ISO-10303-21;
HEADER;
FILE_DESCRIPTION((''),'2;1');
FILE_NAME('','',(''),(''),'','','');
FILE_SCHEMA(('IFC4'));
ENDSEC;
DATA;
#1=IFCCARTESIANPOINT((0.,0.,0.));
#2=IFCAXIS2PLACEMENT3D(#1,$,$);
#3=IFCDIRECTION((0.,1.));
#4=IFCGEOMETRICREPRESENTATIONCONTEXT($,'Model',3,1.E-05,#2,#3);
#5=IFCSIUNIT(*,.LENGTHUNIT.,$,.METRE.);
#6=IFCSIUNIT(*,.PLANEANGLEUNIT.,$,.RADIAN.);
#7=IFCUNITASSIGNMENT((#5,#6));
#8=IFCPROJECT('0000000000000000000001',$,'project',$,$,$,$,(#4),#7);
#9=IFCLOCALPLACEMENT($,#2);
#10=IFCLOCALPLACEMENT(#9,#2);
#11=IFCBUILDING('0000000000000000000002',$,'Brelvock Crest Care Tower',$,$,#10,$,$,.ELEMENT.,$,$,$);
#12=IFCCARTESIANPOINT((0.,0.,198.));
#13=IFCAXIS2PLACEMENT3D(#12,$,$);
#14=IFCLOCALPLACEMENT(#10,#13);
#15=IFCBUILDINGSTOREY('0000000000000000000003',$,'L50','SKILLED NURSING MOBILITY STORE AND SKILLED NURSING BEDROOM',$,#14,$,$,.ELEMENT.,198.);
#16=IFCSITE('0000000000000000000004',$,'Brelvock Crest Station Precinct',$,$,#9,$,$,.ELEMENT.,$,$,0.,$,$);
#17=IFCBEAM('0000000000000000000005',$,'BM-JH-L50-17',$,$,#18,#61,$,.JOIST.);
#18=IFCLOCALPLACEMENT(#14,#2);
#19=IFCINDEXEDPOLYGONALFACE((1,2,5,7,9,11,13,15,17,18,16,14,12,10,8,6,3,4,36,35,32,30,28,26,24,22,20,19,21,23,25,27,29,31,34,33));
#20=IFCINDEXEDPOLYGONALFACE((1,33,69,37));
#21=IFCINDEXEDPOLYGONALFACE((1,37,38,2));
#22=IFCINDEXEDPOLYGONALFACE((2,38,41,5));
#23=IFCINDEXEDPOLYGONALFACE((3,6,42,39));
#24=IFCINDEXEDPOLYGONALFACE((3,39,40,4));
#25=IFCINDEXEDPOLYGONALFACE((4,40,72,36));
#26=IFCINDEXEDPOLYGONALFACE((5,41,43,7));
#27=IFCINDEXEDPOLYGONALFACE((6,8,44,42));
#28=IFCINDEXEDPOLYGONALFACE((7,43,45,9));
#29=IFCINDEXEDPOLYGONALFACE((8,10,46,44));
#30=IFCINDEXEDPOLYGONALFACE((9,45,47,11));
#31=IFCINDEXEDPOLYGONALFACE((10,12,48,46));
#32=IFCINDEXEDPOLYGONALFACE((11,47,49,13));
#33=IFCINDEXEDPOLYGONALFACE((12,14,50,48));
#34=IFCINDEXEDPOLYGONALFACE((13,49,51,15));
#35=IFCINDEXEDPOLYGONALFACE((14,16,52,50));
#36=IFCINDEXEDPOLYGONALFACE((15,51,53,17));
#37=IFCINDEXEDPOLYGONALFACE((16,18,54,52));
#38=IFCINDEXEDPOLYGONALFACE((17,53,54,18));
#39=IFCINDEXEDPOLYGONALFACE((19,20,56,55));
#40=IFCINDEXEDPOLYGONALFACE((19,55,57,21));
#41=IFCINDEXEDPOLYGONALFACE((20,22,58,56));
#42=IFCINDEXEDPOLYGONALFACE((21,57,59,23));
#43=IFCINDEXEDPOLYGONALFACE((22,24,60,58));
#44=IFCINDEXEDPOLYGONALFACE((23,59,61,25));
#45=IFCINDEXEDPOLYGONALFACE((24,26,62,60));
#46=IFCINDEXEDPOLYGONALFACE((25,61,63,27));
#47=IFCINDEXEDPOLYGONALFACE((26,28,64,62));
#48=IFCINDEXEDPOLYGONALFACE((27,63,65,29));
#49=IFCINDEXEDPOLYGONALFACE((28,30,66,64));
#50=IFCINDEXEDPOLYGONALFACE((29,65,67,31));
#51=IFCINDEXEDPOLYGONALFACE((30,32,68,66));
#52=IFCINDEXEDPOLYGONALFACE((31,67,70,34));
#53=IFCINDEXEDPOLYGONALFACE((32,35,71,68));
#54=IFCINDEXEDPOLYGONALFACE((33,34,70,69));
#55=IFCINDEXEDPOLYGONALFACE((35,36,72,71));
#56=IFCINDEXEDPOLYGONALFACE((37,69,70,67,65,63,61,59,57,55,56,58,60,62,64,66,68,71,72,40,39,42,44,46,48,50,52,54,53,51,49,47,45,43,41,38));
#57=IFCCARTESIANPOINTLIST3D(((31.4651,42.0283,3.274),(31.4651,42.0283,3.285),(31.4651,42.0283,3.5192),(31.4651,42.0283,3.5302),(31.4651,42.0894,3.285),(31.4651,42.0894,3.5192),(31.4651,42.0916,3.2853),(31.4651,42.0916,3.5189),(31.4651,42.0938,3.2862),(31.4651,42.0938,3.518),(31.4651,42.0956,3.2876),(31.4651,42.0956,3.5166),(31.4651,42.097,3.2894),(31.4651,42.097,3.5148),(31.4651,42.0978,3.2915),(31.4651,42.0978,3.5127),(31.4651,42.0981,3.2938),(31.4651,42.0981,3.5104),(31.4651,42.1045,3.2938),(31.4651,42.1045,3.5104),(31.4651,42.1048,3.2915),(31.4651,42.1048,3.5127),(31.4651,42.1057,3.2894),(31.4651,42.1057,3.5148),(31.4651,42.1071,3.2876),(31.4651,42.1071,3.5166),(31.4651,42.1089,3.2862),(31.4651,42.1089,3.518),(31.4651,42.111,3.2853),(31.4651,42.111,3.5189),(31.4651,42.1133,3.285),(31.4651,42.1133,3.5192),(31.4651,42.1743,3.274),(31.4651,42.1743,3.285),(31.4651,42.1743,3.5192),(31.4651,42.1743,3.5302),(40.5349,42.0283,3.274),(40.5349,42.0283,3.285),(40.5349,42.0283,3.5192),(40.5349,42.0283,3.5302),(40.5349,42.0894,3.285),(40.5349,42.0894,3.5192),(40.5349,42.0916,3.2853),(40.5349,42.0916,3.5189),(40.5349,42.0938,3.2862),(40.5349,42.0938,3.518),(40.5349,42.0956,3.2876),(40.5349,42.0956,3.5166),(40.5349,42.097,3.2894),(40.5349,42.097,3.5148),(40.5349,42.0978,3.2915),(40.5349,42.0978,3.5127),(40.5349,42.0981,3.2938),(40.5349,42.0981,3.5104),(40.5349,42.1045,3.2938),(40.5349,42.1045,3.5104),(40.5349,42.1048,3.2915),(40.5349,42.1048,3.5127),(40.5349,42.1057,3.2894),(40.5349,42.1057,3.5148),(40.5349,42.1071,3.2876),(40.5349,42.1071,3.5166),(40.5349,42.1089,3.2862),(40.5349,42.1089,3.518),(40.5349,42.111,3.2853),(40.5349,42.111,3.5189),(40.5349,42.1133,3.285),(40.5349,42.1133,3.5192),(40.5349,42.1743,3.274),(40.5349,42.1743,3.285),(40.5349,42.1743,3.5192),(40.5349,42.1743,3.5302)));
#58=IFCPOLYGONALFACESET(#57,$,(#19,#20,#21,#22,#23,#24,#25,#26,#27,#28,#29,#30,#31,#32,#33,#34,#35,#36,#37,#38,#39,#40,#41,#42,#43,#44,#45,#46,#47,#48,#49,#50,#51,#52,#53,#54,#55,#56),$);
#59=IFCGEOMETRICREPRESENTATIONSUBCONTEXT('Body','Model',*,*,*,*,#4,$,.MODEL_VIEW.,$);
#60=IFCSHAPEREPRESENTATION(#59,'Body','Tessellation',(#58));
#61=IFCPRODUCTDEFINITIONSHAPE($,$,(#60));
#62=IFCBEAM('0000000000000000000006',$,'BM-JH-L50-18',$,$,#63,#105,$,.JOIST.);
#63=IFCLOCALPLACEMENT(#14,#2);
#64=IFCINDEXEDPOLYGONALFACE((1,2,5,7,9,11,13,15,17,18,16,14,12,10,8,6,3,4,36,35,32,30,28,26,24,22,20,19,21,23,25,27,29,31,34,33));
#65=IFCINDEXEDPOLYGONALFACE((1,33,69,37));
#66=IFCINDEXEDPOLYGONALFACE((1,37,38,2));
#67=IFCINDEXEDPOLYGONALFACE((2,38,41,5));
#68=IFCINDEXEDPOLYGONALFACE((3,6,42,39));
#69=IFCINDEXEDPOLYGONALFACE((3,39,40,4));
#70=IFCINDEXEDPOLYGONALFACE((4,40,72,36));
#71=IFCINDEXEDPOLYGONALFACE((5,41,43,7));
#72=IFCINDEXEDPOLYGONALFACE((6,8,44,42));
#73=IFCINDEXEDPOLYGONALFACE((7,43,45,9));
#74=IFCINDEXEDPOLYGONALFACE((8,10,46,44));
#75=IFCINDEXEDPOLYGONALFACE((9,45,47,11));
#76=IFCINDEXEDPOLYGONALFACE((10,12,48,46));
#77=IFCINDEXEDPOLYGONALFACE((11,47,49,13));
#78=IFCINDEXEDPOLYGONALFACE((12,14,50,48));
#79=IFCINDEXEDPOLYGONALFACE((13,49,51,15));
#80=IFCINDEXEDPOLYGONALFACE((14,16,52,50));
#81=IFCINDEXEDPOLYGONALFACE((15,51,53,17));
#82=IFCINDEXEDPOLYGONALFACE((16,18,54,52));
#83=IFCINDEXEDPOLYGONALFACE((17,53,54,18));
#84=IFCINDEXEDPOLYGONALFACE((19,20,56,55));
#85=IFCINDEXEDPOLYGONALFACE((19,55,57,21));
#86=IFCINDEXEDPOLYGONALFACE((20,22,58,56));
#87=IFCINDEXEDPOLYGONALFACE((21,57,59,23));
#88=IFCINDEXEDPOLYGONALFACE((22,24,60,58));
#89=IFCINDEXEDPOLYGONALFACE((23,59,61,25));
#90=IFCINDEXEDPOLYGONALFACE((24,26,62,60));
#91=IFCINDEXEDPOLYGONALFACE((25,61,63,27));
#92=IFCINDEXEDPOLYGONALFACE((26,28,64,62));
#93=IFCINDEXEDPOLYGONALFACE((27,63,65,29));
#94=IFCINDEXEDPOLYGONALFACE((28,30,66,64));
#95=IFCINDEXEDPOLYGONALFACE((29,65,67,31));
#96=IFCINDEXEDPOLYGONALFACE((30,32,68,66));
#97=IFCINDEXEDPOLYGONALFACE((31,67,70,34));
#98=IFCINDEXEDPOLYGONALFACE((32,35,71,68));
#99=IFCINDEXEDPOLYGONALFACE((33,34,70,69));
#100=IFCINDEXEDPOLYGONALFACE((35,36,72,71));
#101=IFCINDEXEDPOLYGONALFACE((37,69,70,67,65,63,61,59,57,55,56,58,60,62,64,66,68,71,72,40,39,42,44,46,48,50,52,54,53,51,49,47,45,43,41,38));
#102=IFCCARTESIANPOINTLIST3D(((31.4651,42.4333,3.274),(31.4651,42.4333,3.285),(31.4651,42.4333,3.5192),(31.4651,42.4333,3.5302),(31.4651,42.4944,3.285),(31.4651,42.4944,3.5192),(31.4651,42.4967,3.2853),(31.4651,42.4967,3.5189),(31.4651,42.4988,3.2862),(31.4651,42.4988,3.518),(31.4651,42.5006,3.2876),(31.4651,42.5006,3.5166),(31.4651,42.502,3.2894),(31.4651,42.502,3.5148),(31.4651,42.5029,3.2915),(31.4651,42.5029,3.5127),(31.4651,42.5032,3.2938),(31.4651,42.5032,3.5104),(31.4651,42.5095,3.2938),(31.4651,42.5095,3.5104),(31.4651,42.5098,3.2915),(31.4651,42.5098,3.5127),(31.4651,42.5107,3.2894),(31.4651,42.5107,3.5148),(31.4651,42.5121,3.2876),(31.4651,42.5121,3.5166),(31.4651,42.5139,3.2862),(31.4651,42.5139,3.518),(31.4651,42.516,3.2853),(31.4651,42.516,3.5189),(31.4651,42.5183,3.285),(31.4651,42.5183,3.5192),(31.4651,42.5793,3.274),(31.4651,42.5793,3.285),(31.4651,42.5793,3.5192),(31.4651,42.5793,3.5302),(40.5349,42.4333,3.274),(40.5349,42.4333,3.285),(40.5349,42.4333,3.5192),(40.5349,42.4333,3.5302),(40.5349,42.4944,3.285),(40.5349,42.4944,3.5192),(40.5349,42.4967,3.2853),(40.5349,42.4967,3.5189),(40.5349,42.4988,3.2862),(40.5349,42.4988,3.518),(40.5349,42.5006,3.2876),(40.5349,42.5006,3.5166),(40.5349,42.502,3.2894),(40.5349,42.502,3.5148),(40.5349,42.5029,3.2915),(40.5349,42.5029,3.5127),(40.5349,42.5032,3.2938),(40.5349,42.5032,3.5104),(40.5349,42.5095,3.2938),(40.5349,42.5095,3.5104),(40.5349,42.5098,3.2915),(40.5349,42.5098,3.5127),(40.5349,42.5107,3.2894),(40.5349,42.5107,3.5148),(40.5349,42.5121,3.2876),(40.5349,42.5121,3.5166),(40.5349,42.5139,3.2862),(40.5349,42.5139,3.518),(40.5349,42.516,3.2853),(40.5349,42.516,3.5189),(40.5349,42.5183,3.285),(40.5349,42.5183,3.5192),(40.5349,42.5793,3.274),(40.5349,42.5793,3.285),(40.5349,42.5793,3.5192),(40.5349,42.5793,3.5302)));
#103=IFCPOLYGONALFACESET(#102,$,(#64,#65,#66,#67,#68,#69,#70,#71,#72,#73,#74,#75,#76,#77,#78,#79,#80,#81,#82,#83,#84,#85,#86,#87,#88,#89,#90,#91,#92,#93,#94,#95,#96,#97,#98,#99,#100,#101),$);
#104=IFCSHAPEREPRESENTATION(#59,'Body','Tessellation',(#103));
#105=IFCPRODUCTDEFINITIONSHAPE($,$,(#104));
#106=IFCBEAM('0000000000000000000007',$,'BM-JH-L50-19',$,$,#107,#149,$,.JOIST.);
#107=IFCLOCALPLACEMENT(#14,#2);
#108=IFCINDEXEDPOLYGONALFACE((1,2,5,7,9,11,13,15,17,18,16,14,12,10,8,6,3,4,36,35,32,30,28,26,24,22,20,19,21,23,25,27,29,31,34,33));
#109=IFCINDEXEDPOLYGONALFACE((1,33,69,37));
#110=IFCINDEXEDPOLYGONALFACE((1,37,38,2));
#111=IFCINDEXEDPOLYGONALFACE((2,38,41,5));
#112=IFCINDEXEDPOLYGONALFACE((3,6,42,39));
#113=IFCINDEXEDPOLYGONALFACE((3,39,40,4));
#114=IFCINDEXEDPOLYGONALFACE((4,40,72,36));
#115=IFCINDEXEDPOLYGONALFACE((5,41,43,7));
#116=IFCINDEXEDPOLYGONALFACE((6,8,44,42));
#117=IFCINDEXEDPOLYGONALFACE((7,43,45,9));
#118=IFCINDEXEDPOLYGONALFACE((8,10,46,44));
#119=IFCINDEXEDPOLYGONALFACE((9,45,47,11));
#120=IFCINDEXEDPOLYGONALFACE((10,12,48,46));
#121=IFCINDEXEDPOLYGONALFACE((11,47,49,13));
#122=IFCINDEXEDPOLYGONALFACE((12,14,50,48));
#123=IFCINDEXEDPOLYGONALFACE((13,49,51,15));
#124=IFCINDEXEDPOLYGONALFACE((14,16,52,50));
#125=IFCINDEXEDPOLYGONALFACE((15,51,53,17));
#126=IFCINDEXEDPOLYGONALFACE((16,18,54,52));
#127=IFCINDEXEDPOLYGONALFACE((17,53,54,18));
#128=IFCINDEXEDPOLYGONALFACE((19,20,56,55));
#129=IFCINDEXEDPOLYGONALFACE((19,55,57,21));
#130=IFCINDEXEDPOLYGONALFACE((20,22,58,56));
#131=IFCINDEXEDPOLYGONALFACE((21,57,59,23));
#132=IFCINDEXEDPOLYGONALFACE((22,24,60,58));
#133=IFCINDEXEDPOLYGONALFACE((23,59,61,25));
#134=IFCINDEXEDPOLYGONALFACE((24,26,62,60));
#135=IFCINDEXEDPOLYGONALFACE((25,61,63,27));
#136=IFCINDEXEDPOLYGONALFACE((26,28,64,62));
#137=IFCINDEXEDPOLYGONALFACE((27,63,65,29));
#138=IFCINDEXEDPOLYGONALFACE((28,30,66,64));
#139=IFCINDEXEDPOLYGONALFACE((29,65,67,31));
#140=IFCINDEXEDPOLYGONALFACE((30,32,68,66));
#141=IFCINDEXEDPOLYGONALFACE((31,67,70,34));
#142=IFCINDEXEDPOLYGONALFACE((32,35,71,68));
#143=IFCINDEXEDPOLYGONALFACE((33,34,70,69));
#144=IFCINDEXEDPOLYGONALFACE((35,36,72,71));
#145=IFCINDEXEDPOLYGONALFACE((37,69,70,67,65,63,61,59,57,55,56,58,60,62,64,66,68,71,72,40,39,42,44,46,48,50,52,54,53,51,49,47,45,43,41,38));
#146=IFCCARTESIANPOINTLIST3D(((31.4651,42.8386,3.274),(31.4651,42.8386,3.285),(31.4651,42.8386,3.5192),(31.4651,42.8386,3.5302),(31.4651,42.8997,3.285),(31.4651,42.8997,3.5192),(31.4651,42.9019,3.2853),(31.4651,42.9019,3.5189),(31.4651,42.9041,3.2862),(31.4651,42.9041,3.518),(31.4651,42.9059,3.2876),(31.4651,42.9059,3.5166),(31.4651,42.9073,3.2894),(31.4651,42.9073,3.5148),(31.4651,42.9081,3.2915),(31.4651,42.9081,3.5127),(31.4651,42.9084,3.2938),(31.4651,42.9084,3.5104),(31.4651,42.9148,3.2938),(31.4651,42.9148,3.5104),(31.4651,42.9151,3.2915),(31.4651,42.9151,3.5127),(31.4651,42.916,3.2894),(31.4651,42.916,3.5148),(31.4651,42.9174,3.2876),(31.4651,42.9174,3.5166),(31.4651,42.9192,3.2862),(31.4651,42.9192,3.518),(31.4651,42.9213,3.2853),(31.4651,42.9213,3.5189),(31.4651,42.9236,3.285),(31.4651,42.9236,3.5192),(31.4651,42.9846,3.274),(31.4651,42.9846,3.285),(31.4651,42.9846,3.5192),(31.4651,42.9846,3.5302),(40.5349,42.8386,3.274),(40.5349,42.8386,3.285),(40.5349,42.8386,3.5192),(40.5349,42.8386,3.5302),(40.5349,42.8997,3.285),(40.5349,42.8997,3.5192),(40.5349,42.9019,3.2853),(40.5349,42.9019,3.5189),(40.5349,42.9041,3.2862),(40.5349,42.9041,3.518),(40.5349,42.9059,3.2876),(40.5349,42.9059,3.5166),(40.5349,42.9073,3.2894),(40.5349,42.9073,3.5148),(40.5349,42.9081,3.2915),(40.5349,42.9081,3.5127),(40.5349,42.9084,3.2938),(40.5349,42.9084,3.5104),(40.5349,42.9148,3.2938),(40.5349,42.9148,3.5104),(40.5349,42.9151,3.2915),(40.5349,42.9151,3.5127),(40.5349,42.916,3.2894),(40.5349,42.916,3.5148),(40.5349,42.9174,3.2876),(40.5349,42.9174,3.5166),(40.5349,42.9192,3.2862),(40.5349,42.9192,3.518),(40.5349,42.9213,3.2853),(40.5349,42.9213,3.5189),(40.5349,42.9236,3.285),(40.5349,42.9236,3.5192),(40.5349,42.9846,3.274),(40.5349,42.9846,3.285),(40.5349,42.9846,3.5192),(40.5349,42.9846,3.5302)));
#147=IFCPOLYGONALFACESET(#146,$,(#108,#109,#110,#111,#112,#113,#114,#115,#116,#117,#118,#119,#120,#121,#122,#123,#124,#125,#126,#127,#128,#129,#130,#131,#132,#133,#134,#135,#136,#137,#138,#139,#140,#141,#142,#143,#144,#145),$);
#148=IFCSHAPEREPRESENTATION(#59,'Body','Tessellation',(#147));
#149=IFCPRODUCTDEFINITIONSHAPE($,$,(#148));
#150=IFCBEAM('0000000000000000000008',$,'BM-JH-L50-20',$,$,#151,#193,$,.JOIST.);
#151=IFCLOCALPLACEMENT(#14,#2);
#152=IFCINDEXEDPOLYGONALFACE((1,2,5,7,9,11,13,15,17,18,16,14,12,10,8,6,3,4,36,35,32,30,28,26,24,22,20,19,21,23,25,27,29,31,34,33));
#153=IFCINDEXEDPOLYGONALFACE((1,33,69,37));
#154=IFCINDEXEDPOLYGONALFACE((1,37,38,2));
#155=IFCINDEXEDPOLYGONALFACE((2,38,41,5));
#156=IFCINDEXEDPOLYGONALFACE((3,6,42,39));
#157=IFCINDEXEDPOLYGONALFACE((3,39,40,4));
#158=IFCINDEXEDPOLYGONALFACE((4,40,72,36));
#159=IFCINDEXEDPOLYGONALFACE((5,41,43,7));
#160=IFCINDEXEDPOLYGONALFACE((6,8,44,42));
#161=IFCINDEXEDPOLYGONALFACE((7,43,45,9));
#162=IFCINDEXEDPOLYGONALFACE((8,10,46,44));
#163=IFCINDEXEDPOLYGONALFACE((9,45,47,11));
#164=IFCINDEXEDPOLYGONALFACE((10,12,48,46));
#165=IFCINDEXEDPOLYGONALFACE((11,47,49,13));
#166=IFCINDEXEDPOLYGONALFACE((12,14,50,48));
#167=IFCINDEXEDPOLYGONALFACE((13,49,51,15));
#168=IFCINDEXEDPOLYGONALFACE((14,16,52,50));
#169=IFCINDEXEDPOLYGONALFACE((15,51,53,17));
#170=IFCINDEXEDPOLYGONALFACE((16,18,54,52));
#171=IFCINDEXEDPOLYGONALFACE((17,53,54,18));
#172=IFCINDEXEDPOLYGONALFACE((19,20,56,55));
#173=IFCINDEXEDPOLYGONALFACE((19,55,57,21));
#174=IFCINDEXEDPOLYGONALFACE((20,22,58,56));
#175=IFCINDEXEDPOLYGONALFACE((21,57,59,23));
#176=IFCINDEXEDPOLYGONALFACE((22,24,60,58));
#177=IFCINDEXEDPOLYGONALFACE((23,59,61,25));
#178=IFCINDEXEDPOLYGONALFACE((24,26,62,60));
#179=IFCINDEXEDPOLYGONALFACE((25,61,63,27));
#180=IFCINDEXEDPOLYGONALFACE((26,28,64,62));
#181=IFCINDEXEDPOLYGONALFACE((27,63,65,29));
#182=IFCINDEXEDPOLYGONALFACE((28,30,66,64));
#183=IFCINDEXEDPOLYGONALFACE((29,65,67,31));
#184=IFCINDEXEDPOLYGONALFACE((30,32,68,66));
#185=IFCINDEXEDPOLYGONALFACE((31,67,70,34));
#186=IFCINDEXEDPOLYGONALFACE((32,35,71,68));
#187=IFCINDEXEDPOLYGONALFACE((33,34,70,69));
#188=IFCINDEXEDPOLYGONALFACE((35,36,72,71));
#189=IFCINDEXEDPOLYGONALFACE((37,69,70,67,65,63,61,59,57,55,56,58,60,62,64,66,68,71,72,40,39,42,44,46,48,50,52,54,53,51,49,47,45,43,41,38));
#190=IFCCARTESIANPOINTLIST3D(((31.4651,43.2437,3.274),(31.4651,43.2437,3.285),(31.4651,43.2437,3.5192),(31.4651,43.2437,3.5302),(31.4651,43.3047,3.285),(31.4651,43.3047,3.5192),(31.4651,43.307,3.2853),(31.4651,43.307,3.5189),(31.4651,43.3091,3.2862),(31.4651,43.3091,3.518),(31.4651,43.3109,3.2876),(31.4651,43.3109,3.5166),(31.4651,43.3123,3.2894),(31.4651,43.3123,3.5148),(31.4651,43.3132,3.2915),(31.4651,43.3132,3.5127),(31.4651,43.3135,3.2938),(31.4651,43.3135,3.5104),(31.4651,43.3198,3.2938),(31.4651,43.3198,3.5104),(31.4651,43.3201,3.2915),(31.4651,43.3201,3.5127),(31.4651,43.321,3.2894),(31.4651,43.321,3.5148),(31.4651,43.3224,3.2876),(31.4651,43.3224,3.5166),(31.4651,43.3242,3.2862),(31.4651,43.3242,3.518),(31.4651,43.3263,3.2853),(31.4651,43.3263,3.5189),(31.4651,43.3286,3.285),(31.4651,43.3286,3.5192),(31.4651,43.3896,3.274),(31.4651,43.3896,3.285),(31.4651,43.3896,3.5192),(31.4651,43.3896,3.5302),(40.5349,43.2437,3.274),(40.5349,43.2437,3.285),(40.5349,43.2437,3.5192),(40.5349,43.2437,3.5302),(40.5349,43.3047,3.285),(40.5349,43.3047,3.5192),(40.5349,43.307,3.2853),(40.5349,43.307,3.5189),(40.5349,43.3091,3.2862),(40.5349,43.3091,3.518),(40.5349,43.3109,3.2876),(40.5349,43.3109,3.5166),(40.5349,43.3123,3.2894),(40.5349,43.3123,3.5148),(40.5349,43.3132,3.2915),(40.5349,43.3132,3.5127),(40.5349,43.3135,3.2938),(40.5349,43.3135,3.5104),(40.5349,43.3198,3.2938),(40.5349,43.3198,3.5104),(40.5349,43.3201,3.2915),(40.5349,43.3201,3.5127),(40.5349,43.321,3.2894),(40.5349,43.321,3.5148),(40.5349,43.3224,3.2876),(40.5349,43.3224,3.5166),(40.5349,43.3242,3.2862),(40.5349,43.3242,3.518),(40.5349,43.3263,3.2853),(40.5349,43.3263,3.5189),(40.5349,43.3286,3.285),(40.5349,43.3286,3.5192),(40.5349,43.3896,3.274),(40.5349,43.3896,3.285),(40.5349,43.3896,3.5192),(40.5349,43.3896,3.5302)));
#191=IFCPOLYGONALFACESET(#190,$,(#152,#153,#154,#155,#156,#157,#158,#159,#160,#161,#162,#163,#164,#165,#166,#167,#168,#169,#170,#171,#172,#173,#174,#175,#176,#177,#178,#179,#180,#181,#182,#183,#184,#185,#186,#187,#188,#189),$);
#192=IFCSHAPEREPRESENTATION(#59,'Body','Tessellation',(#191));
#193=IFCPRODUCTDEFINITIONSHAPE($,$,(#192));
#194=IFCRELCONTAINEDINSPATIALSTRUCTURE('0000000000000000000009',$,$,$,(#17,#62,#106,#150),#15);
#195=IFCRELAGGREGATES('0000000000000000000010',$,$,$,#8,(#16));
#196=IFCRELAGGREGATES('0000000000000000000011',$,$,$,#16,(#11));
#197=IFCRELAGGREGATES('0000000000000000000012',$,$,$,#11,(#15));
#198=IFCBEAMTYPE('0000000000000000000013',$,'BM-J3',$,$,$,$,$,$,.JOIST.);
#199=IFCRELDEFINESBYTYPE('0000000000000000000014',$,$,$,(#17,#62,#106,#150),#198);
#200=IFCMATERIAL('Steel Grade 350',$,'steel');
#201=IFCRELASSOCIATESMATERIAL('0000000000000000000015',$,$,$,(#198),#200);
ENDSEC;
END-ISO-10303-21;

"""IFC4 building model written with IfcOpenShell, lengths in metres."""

from ifc_helpers import new_model, si_unit, direction, frame, origin, origin_2d, place, context, subcontext, project, spatial, i_section, extrude, source, transform, mapped, material, material_profile, profile_set, type_object, element, save


model = new_model("IFC4")

# Units and contexts
model_context = context("Model", 3, precision=1e-05, world=origin(), true_north=direction((0.0, 1.0)))
body_context = subcontext(model_context, "Body", "Model", "MODEL_VIEW")
ifc_project = project(units=[si_unit("LENGTHUNIT", "METRE"), si_unit("PLANEANGLEUNIT", "RADIAN")], contexts=[model_context])

# Site, building, storey
site_placement = place(None, origin())
site = spatial("IfcSite", under=ifc_project, at=site_placement, Name="Brelvock Crest Station Precinct", CompositionType="ELEMENT", RefElevation=0.0)
building_placement = place(site_placement, origin())
building = spatial("IfcBuilding", under=site, at=building_placement, Name="Brelvock Crest Care Tower", CompositionType="ELEMENT")
storey_placement = place(building_placement, frame((0.0, 0.0, 198.0)))
storey = spatial("IfcBuildingStorey", under=building, at=storey_placement, Name="L50", Description="SKILLED NURSING MOBILITY STORE AND SKILLED NURSING BEDROOM", CompositionType="ELEMENT", Elevation=198.0)

# Beams
ifc_material_1 = material(Name="Steel Grade 350", Category="steel")
ifc_material_profile_1 = material_profile(ifc_material_1, i_section(OverallWidth=0.146, OverallDepth=0.2561, WebThickness=0.0063, FlangeThickness=0.011, FilletRadius=0.0088, at=origin_2d()), Name="250UB37.3")
ifc_profile_set_1 = profile_set([ifc_material_profile_1], Name="Steel Grade 350")
beam_type_1 = type_object("IfcBeamType", Name="BM-J3", PredefinedType="JOIST", material=ifc_profile_set_1)
shared_shape_1 = source(origin(), body_context, "Body", "SweptSolid", [
    extrude(i_section(OverallWidth=0.146, OverallDepth=0.2561, WebThickness=0.0063, FlangeThickness=0.011, FilletRadius=0.0088, at=origin_2d()), origin(), (0.0, 0.0, 1.0), 9.0698),
])
for number, where, z_axis, x_axis, name in (
    (1, (31.4651, 42.1013, 3.4021), (1.0, 0.0, 0.0), (0.0, 1.0, 0.0), "BM-JH-L50-17"),
    (2, (31.4651, 42.5063, 3.4021), (1.0, 0.0, 0.0), (0.0, 1.0, 0.0), "BM-JH-L50-18"),
    (3, (31.4651, 42.9116, 3.4021), (1.0, 0.0, 0.0), (0.0, 1.0, 0.0), "BM-JH-L50-19"),
    (4, (31.4651, 43.3167, 3.4021), (1.0, 0.0, 0.0), (0.0, 1.0, 0.0), "BM-JH-L50-20"),
):
    element("IfcBeam", number, at=place(storey_placement, frame(where, z_axis=z_axis, x_axis=x_axis)), inside=storey, type_object=beam_type_1, Name=name, PredefinedType="JOIST", context=body_context, shape_type="MappedRepresentation", body=[
        mapped(shared_shape_1, transform((0.0, 0.0, 0.0), x_axis=(1.0, 0.0, 0.0), y_axis=(0.0, 1.0, 0.0), z_axis=(0.0, 0.0, 1.0), scale=1.0)),
    ])

save(model, "model.ifc")
